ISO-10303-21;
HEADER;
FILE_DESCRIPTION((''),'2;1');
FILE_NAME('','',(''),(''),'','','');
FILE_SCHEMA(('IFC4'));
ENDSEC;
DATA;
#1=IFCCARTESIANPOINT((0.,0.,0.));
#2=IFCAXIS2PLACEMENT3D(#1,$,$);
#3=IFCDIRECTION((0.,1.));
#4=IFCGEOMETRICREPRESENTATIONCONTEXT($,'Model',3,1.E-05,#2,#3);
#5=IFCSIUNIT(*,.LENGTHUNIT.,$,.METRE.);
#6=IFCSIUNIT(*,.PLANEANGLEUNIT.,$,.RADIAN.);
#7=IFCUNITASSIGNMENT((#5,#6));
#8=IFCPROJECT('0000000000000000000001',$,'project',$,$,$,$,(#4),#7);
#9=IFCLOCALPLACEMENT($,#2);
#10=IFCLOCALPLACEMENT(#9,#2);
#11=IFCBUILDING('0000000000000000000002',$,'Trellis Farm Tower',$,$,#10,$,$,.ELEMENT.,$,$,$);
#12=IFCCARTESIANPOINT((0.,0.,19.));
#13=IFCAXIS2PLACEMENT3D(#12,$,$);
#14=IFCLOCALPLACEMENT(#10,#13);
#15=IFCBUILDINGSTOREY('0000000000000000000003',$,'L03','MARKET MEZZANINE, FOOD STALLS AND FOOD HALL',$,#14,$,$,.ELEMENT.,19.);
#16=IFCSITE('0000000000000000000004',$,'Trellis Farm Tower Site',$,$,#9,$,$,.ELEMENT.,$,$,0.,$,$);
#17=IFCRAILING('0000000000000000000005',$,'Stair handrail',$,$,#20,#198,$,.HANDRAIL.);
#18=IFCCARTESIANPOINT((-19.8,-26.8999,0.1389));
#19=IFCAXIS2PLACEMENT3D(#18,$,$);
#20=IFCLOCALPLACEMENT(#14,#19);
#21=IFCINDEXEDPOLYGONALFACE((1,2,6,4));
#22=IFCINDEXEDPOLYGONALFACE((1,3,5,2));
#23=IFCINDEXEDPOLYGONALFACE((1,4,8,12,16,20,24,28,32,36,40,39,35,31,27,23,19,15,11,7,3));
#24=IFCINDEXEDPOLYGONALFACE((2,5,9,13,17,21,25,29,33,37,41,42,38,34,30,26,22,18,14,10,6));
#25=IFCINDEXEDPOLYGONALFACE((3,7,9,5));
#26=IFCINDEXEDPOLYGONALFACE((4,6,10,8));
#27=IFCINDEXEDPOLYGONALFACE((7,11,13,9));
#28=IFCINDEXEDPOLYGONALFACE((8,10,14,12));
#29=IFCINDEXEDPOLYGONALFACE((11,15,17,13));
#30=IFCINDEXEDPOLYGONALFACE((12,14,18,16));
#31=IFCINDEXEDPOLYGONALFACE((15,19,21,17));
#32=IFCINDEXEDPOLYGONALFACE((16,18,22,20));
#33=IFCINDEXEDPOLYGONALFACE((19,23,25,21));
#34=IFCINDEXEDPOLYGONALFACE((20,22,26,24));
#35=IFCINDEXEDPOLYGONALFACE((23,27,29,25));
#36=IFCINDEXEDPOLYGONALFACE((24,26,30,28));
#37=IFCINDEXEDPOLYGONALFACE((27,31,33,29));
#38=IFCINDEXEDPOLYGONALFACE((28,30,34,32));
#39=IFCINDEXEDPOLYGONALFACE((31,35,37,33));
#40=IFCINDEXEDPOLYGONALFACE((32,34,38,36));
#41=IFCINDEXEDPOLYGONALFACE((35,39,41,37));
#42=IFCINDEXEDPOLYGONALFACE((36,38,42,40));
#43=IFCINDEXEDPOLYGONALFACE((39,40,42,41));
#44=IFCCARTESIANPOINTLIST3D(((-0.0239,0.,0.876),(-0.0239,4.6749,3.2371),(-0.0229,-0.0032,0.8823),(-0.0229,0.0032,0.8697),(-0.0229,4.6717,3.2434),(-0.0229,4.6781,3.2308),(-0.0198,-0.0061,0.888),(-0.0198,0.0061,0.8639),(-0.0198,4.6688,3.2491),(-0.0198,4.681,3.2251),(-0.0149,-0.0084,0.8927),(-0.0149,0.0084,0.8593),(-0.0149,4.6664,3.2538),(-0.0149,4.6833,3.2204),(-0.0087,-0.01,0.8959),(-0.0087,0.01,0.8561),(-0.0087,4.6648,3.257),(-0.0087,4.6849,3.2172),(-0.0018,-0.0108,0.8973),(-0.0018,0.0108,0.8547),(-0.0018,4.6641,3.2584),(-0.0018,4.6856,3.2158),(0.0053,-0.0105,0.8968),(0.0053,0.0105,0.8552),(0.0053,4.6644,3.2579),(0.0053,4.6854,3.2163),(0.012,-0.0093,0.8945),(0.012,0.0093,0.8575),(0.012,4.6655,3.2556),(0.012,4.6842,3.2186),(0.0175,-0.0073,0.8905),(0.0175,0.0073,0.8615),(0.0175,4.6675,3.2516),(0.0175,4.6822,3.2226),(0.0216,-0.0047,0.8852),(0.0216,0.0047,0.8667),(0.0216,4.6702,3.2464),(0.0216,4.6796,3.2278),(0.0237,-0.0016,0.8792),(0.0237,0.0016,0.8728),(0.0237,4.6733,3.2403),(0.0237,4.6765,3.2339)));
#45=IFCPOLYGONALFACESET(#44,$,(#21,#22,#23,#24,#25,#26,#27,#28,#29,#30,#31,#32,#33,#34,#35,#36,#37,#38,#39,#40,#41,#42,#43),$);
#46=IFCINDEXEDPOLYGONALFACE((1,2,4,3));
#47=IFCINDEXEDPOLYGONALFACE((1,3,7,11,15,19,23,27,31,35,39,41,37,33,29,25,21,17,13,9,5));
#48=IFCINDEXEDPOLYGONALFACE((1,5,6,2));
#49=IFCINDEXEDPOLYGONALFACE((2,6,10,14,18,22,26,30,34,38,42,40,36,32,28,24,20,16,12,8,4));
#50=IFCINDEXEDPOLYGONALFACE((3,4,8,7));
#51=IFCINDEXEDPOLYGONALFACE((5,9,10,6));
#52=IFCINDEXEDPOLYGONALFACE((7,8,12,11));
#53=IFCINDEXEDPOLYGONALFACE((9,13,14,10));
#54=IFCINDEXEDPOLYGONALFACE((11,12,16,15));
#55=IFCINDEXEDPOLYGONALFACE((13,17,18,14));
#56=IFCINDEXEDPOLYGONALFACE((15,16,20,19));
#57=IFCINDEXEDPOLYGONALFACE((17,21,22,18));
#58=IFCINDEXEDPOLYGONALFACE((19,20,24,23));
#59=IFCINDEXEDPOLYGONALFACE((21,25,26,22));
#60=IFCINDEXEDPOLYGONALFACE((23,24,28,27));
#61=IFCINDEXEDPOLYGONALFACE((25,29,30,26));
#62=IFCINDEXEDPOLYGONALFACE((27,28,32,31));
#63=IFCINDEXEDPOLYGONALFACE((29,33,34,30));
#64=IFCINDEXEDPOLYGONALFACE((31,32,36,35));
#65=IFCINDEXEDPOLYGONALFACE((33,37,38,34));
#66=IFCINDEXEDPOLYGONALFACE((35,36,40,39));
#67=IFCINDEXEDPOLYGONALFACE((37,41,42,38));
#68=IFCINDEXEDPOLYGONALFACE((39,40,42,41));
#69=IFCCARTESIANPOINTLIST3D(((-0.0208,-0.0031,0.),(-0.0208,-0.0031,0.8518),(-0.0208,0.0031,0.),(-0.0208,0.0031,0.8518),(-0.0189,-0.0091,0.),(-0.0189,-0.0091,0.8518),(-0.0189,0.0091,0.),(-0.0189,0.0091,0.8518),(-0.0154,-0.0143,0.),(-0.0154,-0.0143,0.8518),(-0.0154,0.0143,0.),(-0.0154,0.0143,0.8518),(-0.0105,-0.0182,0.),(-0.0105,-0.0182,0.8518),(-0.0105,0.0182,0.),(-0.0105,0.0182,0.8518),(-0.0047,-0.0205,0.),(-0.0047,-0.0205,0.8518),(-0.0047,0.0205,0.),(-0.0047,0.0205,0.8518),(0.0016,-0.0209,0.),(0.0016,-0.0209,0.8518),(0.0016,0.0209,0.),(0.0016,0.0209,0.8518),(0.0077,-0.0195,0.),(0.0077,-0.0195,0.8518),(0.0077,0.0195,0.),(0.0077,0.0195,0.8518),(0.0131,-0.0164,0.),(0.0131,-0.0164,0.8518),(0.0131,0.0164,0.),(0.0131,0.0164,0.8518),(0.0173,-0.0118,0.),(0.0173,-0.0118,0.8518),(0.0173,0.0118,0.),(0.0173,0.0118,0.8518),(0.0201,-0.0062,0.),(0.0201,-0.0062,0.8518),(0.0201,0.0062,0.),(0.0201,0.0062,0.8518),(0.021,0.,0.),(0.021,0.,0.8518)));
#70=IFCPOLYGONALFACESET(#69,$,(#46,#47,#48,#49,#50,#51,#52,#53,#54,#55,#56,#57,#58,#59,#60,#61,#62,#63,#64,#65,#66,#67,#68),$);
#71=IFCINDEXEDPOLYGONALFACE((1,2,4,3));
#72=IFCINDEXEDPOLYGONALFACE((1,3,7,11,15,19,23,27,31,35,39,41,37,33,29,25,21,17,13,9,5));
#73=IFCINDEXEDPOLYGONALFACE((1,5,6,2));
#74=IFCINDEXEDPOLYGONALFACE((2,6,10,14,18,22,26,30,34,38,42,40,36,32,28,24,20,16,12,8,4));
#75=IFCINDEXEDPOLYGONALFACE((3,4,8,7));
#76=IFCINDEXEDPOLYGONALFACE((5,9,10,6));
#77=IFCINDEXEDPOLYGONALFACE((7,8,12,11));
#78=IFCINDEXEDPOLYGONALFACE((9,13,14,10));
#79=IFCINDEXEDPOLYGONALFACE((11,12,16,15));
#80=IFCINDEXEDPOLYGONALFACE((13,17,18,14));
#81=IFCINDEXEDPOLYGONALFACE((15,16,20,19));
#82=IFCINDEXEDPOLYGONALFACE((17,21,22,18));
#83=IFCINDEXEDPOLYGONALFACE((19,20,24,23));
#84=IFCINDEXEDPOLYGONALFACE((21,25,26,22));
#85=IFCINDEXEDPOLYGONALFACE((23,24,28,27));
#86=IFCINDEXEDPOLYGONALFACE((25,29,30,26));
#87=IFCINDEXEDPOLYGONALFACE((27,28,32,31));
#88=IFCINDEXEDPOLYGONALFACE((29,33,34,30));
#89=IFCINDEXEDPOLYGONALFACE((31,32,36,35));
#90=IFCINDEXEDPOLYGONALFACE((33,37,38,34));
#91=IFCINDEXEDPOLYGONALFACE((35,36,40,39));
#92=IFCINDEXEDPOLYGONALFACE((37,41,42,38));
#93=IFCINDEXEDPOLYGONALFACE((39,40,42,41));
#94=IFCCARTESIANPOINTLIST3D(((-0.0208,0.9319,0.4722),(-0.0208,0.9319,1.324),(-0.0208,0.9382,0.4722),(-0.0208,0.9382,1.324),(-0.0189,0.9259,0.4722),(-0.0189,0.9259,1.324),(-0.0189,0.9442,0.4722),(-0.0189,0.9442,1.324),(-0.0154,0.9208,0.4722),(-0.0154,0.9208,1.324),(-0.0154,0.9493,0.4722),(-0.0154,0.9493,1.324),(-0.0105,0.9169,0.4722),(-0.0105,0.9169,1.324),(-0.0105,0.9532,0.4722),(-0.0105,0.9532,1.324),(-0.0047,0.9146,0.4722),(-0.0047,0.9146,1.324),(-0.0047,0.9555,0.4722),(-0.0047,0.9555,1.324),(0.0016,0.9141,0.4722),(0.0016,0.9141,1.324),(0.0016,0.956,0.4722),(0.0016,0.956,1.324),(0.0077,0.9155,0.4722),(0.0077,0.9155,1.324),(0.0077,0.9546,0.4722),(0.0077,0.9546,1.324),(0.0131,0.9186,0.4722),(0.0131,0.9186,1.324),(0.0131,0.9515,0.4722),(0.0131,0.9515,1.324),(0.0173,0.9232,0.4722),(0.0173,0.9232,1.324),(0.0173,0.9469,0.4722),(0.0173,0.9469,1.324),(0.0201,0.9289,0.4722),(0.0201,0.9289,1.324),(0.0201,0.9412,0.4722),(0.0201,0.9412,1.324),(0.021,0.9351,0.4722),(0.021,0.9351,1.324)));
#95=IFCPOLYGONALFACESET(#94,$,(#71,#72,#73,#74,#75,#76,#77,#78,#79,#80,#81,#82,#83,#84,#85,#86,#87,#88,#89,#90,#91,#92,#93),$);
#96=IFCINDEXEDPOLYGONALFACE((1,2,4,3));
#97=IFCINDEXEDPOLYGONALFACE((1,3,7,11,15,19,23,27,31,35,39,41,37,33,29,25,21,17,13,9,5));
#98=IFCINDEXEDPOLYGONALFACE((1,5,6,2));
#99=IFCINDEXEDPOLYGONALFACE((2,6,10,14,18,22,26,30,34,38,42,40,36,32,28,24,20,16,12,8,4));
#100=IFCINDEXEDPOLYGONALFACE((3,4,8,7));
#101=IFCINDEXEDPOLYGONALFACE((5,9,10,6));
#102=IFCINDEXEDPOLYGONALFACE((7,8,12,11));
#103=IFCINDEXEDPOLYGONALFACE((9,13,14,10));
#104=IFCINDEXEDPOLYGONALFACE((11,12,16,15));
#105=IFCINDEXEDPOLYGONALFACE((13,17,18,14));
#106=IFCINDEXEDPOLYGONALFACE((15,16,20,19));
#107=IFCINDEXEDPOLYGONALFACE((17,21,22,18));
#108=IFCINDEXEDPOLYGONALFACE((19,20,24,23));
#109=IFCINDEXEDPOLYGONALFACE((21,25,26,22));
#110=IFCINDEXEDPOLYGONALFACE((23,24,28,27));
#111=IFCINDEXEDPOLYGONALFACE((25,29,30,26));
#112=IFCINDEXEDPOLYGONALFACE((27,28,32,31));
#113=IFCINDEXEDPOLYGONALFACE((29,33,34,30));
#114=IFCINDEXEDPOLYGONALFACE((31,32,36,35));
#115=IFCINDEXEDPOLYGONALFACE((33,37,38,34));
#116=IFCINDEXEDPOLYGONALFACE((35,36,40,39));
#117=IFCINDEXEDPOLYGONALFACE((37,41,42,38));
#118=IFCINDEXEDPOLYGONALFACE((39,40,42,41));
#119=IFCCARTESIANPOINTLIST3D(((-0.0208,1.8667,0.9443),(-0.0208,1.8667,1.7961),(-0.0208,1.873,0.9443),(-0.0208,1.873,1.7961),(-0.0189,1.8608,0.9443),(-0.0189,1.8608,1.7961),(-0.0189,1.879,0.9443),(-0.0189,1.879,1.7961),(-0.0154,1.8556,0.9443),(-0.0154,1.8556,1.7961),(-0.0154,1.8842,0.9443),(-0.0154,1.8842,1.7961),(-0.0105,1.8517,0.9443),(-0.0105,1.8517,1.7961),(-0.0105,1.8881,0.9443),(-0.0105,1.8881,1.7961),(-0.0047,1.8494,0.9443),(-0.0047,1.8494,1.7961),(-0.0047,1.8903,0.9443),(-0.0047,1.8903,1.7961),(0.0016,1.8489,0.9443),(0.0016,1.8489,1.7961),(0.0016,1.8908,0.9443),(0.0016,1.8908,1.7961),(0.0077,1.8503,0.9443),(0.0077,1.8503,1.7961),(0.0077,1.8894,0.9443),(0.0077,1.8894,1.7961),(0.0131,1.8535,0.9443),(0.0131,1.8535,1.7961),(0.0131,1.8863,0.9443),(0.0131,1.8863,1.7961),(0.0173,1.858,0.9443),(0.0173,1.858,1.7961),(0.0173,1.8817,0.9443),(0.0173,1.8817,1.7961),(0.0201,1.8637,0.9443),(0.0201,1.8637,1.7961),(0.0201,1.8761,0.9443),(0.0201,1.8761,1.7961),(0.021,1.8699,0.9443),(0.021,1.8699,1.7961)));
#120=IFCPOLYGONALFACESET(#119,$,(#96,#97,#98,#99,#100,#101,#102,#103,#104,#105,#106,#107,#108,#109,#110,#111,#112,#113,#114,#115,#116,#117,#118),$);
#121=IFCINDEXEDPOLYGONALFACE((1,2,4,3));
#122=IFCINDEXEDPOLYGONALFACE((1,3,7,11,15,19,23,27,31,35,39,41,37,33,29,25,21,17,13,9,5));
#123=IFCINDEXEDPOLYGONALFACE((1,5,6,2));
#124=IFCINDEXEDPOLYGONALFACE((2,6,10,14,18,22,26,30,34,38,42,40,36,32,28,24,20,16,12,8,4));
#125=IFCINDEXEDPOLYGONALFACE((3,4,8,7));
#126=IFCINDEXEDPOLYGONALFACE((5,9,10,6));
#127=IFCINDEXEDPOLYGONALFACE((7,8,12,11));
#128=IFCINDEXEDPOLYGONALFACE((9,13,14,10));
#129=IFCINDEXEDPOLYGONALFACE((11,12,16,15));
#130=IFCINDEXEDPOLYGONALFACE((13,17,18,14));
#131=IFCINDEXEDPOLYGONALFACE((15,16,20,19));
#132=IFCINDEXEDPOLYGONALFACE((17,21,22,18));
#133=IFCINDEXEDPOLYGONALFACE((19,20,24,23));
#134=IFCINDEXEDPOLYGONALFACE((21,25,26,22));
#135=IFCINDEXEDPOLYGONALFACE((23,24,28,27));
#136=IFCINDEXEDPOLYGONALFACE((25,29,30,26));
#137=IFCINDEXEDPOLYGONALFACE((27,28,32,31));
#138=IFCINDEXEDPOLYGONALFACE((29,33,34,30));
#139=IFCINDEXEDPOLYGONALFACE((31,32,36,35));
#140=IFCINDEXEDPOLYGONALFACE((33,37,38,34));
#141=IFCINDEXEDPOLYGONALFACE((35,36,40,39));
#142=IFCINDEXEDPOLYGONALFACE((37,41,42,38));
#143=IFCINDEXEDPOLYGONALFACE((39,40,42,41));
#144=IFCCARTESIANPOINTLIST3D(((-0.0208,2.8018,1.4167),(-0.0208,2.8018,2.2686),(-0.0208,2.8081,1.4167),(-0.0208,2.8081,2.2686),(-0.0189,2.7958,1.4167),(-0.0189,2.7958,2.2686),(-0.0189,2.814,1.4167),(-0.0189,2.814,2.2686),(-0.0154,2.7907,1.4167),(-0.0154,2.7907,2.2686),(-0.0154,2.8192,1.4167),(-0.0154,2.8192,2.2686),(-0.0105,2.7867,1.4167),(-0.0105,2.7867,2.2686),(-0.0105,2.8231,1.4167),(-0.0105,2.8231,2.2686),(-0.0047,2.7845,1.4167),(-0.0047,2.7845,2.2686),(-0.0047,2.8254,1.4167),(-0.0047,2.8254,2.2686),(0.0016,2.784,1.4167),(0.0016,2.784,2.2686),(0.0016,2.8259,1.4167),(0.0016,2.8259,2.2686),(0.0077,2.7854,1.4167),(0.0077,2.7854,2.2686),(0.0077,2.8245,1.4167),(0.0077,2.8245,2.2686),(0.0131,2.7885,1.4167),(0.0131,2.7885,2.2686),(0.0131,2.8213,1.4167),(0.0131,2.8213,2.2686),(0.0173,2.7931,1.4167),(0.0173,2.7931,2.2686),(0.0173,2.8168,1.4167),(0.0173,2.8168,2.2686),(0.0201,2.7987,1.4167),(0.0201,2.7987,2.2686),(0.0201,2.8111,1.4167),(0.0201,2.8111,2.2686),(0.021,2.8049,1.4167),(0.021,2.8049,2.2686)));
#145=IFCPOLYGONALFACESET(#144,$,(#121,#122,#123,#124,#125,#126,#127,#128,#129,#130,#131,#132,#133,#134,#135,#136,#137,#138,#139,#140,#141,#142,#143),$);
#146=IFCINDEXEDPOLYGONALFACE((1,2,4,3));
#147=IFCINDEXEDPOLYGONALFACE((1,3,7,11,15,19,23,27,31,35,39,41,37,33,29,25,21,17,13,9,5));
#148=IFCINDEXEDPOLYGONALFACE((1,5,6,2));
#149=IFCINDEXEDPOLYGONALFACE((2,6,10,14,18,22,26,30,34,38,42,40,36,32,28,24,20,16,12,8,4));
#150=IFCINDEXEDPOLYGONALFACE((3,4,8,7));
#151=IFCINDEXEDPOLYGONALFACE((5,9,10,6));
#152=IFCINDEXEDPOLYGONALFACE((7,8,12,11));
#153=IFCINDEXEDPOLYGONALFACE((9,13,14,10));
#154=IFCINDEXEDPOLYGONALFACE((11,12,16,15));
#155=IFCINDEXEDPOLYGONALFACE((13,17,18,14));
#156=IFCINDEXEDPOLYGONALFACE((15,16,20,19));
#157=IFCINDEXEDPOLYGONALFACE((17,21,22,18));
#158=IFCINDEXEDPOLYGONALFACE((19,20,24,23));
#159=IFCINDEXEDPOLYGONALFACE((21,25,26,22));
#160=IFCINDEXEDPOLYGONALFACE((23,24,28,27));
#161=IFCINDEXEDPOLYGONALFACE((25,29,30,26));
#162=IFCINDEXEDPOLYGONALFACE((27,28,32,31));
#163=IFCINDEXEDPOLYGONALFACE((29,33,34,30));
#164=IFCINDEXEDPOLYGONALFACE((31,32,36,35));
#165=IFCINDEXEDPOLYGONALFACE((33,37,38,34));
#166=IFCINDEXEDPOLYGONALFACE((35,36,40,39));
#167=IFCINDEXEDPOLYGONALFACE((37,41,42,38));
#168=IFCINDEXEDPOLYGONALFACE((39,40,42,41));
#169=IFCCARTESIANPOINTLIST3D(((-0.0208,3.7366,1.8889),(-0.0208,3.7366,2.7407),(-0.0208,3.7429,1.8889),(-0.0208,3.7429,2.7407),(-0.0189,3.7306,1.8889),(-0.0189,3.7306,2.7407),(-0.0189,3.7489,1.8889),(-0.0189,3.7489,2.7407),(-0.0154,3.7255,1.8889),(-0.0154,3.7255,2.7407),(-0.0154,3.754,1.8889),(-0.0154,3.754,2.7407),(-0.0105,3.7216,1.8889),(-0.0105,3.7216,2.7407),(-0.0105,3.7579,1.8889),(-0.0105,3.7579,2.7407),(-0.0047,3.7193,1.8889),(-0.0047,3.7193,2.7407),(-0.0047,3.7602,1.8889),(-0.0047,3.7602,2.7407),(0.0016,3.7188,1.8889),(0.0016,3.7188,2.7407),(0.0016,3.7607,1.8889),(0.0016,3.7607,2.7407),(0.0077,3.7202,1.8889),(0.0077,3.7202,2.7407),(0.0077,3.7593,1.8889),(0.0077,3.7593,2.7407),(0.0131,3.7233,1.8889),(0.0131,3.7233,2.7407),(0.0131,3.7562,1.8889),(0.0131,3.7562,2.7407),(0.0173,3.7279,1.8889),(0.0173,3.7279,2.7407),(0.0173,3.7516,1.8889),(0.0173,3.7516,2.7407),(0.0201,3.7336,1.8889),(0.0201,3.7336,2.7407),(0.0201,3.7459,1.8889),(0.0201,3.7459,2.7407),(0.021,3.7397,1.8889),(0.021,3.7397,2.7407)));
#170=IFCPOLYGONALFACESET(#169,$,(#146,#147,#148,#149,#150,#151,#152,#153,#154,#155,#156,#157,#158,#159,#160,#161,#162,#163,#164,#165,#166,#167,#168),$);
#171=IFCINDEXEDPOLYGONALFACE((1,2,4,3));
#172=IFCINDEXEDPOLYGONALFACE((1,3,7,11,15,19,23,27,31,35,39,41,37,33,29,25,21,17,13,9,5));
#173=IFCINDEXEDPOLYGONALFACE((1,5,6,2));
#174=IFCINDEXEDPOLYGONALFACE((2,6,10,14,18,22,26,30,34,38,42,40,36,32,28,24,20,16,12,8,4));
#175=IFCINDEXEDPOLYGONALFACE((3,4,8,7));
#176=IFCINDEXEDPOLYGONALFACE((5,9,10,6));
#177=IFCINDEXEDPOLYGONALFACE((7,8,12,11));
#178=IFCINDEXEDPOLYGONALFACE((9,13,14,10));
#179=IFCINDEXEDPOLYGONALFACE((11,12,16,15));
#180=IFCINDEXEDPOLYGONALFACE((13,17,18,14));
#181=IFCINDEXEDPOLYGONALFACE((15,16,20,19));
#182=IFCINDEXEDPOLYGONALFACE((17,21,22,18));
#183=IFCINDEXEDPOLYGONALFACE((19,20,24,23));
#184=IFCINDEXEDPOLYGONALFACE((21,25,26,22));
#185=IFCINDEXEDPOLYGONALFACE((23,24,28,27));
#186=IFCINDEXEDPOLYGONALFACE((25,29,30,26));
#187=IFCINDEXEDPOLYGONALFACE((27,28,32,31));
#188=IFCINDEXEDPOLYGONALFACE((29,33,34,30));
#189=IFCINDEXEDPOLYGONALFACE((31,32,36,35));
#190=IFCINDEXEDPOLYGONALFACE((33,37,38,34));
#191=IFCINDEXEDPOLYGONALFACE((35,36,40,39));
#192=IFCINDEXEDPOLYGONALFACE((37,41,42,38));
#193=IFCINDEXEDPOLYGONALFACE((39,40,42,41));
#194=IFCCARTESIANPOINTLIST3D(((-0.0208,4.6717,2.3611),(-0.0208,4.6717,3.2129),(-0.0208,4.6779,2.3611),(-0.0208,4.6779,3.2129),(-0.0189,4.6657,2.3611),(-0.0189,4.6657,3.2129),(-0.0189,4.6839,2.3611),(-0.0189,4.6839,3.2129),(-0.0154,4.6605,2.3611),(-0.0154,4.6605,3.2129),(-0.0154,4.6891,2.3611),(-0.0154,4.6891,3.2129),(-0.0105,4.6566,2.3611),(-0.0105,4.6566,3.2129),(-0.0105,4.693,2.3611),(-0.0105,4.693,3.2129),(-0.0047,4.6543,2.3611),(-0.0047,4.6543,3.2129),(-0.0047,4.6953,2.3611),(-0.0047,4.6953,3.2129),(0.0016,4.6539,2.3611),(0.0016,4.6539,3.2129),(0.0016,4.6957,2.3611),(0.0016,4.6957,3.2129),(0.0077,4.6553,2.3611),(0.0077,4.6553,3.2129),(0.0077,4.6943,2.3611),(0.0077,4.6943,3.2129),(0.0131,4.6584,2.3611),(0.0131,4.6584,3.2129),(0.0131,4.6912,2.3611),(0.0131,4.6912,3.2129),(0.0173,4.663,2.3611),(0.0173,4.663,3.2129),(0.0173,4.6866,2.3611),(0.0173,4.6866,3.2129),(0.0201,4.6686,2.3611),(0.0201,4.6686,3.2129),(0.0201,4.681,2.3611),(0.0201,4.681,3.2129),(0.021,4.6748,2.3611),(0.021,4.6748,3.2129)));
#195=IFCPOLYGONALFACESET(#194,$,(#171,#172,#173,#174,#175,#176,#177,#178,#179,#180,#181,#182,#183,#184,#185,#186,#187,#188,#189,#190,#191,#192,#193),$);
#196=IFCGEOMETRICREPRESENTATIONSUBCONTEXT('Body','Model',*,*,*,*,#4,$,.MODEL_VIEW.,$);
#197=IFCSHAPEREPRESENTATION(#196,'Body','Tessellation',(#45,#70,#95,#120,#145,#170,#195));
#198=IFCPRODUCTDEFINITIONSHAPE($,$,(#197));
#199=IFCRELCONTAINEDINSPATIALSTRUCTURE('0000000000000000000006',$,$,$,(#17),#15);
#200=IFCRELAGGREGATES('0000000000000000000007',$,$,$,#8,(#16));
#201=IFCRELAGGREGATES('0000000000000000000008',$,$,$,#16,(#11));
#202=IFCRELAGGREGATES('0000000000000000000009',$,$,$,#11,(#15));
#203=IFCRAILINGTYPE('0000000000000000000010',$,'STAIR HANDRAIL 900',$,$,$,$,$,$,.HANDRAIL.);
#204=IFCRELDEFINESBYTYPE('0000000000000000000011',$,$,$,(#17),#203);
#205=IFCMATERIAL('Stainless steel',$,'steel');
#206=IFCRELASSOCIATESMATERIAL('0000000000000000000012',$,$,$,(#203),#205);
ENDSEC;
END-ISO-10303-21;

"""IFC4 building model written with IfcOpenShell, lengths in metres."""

from ifc_helpers import new_model, si_unit, direction, frame, origin, origin_2d, place, context, subcontext, project, spatial, circle, extrude, source, transform, mapped, material, type_object, element, save


model = new_model("IFC4")

# Units and contexts
model_context = context("Model", 3, precision=1e-05, world=origin(), true_north=direction((0.0, 1.0)))
body_context = subcontext(model_context, "Body", "Model", "MODEL_VIEW")
ifc_project = project(units=[si_unit("LENGTHUNIT", "METRE"), si_unit("PLANEANGLEUNIT", "RADIAN")], contexts=[model_context])

# Site, building, storey
site_placement = place(None, origin())
site = spatial("IfcSite", under=ifc_project, at=site_placement, Name="Trellis Farm Tower Site", CompositionType="ELEMENT", RefElevation=0.0)
building_placement = place(site_placement, origin())
building = spatial("IfcBuilding", under=site, at=building_placement, Name="Trellis Farm Tower", CompositionType="ELEMENT")
storey_placement = place(building_placement, frame((0.0, 0.0, 19.0)))
storey = spatial("IfcBuildingStorey", under=building, at=storey_placement, Name="L03", Description="MARKET MEZZANINE, FOOD STALLS AND FOOD HALL", CompositionType="ELEMENT", Elevation=19.0)

# Railing
ifc_material_1 = material(Name="Stainless steel", Category="steel")
railing_type = type_object("IfcRailingType", Name="STAIR HANDRAIL 900", PredefinedType="HANDRAIL", material=ifc_material_1)
shared_shape_1 = source(origin(), body_context, "Body", "SweptSolid", [
    extrude(circle(Radius=0.0239, at=origin_2d()), frame((0.0, 0.0, 0.876), z_axis=(0.0, 0.892611, 0.450827), x_axis=(-1.0, 0.0, 0.0)), (0.0, 0.0, 1.0), 5.2373),
    extrude(circle(Radius=0.021, at=origin_2d()), origin(), (0.0, 0.0, 1.0), 0.8518),
    extrude(circle(Radius=0.021, at=origin_2d()), frame((0.0, 0.9351, 0.4722)), (0.0, 0.0, 1.0), 0.8518),
    extrude(circle(Radius=0.021, at=origin_2d()), frame((0.0, 1.8699, 0.9443)), (0.0, 0.0, 1.0), 0.8518),
    extrude(circle(Radius=0.021, at=origin_2d()), frame((0.0, 2.8049, 1.4167)), (0.0, 0.0, 1.0), 0.8518),
    extrude(circle(Radius=0.021, at=origin_2d()), frame((0.0, 3.7397, 1.8889)), (0.0, 0.0, 1.0), 0.8518),
    extrude(circle(Radius=0.021, at=origin_2d()), frame((0.0, 4.6748, 2.3611)), (0.0, 0.0, 1.0), 0.8518),
])
for number, where, name in (
    (1, (-19.8, -26.8999, 0.1389), "Stair handrail"),
):
    element("IfcRailing", number, at=place(storey_placement, frame(where)), inside=storey, type_object=railing_type, Name=name, PredefinedType="HANDRAIL", context=body_context, shape_type="MappedRepresentation", body=[
        mapped(shared_shape_1, transform((0.0, 0.0, 0.0))),
    ])

save(model, "model.ifc")
